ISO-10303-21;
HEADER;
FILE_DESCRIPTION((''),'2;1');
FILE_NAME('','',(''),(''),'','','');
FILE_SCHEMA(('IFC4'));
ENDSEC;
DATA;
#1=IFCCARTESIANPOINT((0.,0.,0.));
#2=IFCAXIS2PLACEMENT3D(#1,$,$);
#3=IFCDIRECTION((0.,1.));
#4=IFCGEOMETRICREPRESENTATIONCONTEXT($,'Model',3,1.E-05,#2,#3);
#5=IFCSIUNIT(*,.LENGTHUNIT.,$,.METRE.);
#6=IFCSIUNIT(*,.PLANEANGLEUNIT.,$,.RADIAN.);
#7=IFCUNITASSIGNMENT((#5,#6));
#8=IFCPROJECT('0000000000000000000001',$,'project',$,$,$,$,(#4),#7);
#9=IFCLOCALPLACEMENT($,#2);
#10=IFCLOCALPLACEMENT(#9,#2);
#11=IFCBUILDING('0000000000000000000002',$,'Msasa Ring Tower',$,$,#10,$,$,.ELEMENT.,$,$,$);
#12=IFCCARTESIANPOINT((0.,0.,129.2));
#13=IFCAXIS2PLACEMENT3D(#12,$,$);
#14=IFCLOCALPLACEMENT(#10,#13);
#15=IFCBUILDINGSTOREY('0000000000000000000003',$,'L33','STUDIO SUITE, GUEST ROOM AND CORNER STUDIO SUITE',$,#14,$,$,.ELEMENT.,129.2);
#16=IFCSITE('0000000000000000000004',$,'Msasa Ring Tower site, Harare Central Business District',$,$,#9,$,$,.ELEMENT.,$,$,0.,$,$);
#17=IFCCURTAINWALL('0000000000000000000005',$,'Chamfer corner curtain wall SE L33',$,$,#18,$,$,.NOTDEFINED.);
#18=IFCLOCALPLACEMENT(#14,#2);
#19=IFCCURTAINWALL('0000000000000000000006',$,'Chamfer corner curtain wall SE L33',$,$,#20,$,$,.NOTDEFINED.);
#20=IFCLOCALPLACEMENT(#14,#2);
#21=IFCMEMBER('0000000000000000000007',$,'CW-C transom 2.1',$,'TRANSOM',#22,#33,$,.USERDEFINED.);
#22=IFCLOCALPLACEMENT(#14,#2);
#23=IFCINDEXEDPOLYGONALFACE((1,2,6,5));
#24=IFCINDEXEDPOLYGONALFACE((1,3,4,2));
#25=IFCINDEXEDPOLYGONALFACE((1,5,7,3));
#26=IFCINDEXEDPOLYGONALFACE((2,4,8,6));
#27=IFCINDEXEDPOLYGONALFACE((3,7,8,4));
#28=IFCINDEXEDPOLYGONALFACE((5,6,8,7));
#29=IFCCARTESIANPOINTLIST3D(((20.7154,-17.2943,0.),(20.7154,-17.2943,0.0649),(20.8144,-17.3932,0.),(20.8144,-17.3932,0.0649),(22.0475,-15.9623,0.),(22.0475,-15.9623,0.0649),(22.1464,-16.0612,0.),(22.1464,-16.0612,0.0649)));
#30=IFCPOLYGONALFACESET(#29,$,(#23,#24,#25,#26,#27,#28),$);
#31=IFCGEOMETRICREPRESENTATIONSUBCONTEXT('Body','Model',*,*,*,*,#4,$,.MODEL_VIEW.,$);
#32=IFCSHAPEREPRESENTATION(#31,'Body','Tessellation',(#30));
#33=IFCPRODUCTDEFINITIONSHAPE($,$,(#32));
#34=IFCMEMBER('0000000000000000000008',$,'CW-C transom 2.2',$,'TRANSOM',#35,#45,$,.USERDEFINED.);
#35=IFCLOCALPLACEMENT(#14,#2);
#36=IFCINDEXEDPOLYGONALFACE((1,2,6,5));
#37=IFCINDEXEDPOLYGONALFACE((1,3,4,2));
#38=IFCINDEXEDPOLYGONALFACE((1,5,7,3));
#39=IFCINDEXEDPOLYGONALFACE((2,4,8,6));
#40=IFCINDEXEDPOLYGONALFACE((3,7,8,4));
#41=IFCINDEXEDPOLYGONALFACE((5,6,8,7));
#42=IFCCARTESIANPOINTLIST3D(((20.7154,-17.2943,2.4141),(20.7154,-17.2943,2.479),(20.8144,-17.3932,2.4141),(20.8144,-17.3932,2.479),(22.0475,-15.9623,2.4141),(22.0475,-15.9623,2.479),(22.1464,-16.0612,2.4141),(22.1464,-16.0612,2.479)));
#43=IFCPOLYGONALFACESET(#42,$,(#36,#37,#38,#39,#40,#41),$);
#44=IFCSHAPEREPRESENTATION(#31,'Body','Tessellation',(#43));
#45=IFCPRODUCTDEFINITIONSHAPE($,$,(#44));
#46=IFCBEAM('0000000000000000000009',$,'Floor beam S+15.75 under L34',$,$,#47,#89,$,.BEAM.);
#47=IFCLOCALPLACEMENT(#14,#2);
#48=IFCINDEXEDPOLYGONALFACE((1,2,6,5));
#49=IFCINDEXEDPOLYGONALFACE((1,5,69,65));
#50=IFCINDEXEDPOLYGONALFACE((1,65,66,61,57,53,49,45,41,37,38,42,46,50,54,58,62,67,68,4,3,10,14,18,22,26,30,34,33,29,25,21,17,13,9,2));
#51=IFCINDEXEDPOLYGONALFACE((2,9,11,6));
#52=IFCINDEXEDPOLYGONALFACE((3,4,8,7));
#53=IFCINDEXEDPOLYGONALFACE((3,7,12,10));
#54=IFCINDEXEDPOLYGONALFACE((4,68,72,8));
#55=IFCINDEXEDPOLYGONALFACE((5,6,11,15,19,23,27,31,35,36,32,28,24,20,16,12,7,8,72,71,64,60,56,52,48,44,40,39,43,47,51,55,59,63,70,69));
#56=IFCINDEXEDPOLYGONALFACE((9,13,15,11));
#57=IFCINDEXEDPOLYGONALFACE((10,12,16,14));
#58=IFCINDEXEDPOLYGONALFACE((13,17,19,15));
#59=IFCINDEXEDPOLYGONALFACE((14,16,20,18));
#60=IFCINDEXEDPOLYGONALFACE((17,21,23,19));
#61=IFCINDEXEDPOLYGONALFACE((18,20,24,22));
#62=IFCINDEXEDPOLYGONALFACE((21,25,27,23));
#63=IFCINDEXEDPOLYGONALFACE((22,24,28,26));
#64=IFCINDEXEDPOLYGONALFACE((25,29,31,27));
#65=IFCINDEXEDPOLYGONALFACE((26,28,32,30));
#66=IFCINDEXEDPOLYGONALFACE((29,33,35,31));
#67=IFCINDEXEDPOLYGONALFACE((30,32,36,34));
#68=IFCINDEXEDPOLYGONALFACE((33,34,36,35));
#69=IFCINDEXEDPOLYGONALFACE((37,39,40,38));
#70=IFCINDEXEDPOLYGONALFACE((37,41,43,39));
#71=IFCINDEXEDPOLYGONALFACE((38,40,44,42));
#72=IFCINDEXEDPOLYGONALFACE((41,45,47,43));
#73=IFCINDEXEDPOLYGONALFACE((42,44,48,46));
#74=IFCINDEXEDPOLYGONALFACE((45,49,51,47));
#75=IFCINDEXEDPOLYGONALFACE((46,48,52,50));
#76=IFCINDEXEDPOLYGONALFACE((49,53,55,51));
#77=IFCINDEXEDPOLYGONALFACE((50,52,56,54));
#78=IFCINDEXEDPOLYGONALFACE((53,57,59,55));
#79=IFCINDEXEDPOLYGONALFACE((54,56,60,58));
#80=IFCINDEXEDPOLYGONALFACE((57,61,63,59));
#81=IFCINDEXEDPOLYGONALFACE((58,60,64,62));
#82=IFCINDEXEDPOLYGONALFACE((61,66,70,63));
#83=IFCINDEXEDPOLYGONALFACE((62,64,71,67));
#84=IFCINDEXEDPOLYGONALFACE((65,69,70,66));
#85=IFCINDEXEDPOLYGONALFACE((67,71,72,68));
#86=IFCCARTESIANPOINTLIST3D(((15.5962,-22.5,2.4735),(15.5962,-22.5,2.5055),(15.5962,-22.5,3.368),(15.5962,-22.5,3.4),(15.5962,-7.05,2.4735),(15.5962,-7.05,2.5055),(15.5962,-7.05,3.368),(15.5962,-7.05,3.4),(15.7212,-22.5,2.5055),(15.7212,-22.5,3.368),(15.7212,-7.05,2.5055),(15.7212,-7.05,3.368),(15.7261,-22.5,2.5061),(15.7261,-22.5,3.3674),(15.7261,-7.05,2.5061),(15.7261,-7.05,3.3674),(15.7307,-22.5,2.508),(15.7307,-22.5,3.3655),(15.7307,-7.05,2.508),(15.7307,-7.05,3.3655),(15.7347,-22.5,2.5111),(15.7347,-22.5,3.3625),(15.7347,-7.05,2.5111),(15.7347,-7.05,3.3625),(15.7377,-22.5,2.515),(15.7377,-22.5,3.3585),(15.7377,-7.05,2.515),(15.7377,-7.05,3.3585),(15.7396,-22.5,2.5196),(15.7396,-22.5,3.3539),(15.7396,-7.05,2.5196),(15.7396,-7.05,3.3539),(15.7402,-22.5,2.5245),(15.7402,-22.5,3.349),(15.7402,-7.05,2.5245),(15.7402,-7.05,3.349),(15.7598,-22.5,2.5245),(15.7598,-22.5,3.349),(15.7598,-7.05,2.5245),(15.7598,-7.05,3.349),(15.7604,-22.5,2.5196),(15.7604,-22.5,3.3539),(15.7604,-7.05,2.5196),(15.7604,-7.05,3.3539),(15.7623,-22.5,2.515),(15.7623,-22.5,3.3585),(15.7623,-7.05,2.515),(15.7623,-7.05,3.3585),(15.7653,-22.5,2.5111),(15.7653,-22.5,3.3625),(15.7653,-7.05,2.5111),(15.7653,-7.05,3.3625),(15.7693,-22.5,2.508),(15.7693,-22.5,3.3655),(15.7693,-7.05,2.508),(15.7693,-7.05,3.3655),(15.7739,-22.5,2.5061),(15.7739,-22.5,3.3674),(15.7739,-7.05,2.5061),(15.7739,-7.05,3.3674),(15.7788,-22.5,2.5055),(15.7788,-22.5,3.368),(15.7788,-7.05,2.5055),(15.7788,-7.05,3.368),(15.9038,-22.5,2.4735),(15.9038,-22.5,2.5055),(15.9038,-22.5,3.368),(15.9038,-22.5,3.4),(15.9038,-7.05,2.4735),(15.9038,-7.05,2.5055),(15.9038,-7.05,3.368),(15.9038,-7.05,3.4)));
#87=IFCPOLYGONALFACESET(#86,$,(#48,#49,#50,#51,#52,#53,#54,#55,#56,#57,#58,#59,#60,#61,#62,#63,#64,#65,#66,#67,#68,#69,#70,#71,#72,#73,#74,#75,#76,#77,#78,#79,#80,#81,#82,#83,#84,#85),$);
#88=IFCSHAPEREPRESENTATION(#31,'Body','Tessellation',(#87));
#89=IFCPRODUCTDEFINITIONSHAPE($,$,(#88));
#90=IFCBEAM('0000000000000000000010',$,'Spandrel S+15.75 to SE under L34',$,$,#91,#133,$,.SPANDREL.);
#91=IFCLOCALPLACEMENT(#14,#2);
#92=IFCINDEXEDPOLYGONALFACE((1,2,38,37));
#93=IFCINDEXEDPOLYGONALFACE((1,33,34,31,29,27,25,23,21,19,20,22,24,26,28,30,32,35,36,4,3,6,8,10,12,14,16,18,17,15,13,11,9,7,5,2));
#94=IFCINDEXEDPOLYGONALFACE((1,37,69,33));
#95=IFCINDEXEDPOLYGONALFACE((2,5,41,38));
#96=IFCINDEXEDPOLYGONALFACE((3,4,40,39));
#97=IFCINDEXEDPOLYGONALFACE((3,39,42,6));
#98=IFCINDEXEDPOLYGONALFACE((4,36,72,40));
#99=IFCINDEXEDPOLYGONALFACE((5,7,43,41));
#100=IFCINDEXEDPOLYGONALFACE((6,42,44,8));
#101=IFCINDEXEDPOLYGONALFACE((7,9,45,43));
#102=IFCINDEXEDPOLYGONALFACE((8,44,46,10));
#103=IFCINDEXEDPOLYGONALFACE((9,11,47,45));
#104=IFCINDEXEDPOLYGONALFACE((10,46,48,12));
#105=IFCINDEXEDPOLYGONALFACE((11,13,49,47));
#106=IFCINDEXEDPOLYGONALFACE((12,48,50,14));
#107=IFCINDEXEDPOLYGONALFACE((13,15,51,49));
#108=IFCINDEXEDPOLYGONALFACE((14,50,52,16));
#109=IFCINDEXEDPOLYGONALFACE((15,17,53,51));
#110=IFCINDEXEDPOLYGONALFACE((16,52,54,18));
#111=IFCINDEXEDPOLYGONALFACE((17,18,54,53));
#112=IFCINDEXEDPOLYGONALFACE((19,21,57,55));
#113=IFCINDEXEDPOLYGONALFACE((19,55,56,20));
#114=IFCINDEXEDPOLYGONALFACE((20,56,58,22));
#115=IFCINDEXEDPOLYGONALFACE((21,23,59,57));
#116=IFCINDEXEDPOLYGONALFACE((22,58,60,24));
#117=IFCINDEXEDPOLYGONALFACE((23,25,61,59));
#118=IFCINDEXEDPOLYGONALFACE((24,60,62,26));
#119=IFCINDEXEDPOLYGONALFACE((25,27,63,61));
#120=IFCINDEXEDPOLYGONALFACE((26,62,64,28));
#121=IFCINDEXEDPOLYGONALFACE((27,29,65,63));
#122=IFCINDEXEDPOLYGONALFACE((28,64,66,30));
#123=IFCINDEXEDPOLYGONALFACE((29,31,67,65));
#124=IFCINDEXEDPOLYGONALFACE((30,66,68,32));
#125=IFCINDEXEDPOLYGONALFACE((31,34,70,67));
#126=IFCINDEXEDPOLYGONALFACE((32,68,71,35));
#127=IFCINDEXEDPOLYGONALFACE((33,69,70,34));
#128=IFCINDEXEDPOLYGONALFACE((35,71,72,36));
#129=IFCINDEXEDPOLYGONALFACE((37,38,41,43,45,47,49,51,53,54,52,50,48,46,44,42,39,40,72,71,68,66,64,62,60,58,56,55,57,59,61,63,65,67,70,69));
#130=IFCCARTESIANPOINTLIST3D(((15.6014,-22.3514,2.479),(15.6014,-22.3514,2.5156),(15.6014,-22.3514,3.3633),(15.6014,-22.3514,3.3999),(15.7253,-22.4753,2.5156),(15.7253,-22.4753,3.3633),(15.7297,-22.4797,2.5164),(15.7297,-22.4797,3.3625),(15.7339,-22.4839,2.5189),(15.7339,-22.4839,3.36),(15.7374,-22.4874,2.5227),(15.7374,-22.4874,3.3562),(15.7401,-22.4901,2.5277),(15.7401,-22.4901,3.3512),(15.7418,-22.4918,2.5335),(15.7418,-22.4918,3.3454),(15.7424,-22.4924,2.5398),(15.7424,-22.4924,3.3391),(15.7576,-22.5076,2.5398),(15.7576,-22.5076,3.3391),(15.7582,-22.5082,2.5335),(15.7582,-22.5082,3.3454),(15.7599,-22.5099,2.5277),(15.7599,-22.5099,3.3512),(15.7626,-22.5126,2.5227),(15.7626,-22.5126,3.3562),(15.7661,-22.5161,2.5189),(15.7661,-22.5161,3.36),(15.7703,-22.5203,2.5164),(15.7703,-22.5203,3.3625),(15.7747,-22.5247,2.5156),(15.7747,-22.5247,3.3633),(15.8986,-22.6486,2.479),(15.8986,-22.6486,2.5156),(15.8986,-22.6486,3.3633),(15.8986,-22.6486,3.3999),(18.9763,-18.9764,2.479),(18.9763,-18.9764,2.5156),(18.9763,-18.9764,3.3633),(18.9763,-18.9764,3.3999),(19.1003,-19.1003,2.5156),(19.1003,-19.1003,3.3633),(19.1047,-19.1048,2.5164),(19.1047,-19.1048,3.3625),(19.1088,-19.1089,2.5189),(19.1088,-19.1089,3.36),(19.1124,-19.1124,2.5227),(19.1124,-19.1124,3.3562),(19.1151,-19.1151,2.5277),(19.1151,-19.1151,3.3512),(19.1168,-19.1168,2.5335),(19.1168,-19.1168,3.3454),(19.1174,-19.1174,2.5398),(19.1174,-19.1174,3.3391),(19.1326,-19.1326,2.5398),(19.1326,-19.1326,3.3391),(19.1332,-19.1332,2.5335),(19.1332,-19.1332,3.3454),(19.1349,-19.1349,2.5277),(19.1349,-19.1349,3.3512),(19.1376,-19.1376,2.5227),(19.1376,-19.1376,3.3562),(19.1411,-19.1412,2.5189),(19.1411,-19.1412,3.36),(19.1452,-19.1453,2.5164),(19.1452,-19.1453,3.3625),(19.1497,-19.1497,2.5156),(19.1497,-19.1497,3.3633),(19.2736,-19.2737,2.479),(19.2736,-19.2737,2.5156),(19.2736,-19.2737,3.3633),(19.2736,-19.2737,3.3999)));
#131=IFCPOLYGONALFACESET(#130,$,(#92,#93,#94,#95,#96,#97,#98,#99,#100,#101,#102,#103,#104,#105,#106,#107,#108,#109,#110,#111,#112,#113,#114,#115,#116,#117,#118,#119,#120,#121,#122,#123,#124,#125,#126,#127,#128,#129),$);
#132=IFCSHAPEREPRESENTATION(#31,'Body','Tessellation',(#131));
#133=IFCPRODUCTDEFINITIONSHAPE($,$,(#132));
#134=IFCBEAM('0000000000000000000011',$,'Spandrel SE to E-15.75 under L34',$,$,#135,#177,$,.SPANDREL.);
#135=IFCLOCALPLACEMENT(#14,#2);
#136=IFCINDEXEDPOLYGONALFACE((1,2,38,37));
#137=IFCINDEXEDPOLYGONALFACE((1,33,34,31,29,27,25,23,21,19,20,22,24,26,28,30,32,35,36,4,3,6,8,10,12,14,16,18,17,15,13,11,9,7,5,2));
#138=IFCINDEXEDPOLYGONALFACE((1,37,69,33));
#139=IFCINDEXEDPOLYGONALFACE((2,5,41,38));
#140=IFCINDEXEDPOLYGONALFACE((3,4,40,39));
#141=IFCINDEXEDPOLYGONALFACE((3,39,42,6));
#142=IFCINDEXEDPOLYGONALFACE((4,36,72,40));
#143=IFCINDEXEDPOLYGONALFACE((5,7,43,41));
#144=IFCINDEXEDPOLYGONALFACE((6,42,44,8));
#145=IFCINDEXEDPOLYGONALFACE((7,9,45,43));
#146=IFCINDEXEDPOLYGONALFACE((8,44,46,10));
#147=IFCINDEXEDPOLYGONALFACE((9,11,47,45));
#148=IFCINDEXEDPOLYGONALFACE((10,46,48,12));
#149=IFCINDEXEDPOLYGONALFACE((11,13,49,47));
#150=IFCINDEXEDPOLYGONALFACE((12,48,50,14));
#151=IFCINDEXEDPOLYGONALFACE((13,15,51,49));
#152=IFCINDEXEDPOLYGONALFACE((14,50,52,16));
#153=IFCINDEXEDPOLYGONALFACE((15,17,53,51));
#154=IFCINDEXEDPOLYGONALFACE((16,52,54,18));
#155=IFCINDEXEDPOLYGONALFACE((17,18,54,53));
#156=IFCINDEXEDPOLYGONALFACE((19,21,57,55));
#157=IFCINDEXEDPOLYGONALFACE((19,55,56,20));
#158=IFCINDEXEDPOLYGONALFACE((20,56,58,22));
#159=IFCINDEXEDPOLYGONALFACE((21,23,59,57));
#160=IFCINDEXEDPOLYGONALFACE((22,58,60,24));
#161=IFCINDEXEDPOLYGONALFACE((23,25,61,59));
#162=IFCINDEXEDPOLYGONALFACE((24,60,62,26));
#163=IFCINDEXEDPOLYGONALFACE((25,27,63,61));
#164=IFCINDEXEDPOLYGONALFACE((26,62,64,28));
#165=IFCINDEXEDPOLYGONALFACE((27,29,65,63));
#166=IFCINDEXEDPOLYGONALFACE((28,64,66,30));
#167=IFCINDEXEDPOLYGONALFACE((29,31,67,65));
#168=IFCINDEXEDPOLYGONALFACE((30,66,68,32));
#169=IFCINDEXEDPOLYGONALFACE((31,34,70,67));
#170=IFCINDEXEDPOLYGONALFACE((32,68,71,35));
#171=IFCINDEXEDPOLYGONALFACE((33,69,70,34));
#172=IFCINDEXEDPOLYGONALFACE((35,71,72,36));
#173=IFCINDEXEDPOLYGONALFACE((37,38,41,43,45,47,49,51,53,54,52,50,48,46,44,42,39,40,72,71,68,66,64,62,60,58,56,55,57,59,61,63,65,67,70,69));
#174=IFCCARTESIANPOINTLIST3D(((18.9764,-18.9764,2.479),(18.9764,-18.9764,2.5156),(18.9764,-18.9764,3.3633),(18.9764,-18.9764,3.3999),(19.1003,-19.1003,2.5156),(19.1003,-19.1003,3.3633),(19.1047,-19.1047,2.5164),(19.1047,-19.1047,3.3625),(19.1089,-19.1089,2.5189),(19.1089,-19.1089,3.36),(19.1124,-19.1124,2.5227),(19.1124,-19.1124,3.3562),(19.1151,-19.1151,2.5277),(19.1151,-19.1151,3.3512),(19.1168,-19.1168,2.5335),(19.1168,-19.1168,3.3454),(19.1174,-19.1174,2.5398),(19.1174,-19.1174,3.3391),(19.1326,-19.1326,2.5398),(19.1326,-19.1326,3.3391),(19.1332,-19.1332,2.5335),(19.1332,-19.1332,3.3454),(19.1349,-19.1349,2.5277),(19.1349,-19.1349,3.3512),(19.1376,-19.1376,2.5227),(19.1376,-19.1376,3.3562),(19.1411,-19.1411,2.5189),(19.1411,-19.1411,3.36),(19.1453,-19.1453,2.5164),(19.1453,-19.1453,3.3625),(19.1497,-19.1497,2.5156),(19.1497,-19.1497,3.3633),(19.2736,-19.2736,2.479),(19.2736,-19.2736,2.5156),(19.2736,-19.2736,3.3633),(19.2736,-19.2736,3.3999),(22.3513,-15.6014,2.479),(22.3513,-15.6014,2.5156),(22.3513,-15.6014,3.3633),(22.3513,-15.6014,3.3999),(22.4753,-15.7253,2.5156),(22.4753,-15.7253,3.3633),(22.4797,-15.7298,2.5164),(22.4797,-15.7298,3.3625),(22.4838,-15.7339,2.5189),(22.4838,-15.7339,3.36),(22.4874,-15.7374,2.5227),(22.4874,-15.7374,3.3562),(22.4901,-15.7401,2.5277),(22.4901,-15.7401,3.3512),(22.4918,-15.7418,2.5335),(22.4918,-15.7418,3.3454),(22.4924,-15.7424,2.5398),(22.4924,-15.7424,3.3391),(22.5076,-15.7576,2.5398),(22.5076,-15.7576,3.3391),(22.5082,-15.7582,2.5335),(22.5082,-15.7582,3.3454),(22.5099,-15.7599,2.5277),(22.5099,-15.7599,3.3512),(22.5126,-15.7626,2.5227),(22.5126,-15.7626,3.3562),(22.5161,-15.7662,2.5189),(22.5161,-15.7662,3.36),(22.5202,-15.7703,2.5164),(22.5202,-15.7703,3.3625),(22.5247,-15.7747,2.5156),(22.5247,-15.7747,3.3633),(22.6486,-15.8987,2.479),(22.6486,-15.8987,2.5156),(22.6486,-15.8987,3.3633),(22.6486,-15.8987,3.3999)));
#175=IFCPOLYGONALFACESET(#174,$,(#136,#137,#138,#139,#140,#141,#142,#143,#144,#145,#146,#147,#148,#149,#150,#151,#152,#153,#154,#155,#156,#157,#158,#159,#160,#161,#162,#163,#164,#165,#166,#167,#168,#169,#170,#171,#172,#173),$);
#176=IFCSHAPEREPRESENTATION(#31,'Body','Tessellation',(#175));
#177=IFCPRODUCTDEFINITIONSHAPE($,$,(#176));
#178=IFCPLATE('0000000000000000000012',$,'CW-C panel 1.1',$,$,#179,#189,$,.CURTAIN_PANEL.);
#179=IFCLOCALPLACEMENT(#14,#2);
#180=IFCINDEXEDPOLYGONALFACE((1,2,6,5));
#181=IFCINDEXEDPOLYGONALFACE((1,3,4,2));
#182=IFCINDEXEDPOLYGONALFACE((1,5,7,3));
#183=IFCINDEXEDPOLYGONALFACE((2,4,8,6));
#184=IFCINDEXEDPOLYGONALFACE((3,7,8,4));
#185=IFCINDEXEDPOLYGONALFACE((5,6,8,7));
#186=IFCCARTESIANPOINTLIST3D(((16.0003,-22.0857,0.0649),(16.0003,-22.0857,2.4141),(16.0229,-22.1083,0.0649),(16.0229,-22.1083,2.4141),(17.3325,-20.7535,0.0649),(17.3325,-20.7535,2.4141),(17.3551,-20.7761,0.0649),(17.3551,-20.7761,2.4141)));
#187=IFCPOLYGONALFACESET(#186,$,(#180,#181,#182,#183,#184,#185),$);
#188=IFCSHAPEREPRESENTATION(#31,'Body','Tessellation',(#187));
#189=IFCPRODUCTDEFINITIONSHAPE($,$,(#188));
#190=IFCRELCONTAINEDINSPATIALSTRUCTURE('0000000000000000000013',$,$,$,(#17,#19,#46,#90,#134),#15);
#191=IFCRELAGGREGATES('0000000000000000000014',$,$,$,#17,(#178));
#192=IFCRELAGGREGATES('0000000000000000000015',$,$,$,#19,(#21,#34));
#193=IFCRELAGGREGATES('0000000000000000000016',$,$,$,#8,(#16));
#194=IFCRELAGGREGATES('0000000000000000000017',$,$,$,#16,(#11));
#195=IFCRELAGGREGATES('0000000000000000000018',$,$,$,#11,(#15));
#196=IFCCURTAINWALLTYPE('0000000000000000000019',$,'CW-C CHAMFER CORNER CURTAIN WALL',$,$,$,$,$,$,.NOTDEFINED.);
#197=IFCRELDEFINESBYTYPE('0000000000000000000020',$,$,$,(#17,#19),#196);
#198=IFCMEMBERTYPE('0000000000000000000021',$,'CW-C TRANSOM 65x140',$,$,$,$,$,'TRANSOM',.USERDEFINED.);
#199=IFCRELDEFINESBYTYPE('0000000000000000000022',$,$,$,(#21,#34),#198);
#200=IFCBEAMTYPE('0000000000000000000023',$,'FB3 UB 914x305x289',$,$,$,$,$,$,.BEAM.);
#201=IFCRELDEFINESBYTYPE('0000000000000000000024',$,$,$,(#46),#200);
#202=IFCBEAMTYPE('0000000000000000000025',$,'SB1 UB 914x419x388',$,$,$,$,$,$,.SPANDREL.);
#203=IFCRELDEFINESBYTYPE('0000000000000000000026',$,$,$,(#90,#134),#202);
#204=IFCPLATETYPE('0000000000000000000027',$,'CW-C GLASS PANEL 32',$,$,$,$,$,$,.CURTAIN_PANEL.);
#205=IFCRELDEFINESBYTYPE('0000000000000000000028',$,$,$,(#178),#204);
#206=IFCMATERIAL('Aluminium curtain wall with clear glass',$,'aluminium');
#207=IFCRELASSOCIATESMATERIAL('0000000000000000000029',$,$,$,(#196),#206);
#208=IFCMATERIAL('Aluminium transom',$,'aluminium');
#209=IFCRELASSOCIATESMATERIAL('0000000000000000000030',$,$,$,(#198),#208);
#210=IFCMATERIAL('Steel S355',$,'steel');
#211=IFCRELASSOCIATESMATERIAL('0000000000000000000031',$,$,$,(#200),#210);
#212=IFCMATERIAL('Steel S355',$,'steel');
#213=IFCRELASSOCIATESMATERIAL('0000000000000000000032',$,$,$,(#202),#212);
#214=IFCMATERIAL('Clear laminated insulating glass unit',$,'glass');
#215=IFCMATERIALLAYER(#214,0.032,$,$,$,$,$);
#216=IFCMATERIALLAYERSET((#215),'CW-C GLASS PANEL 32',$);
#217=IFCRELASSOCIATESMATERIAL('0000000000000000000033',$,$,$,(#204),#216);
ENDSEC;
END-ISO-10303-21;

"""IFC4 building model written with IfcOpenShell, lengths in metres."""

from ifc_helpers import new_model, si_unit, direction, frame, origin, origin_2d, place, context, subcontext, project, spatial, rectangle, i_section, extrude, material, layer, layer_set, material_profile, profile_set, type_object, element, aggregate, save


model = new_model("IFC4")

# Units and contexts
model_context = context("Model", 3, precision=1e-05, world=origin(), true_north=direction((0.0, 1.0)))
body_context = subcontext(model_context, "Body", "Model", "MODEL_VIEW")
ifc_project = project(units=[si_unit("LENGTHUNIT", "METRE"), si_unit("PLANEANGLEUNIT", "RADIAN")], contexts=[model_context])

# Site, building, storey
site_placement = place(None, origin())
site = spatial("IfcSite", under=ifc_project, at=site_placement, Name="Msasa Ring Tower site, Harare Central Business District", CompositionType="ELEMENT", RefElevation=0.0)
building_placement = place(site_placement, origin())
building = spatial("IfcBuilding", under=site, at=building_placement, Name="Msasa Ring Tower", CompositionType="ELEMENT")
storey_placement = place(building_placement, frame((0.0, 0.0, 129.2)))
storey = spatial("IfcBuildingStorey", under=building, at=storey_placement, Name="L33", Description="STUDIO SUITE, GUEST ROOM AND CORNER STUDIO SUITE", CompositionType="ELEMENT", Elevation=129.2)

# Curtain walls
ifc_material_1 = material(Name="Aluminium curtain wall with clear glass", Category="aluminium")
curtain_wall_type = type_object("IfcCurtainWallType", Name="CW-C CHAMFER CORNER CURTAIN WALL", PredefinedType="NOTDEFINED", material=ifc_material_1)
curtain_wall_1_placement = place(storey_placement, origin())
curtain_wall_1 = element("IfcCurtainWall", 1, at=curtain_wall_1_placement, inside=storey, type_object=curtain_wall_type, Name="Chamfer corner curtain wall SE L33", PredefinedType="NOTDEFINED")
curtain_wall_2_placement = place(storey_placement, origin())
curtain_wall_2 = element("IfcCurtainWall", 2, at=curtain_wall_2_placement, inside=storey, type_object=curtain_wall_type, Name="Chamfer corner curtain wall SE L33", PredefinedType="NOTDEFINED")

# Members
ifc_material_2 = material(Name="Aluminium transom", Category="aluminium")
ifc_material_profile_1 = material_profile(ifc_material_2, rectangle(XDim=0.1399, YDim=0.0649, at=origin_2d()), Name="AL 65x140")
ifc_profile_set_1 = profile_set([ifc_material_profile_1], Name="Aluminium transom")
member_type_1 = type_object("IfcMemberType", Name="CW-C TRANSOM 65x140", ElementType="TRANSOM", PredefinedType="USERDEFINED", material=ifc_profile_set_1)
member_1_placement = place(storey_placement, frame((20.7649, -17.3438, 0.0325), z_axis=(0.707107, 0.707107, 0.0), x_axis=(-0.707107, 0.707107, 0.0)))
member_1 = element("IfcMember", 3, at=member_1_placement, type_object=member_type_1, Name="CW-C transom 2.1", ObjectType="TRANSOM", PredefinedType="USERDEFINED", context=body_context, shape_type="SweptSolid", body=[
    extrude(rectangle(XDim=0.1399, YDim=0.0649, at=origin_2d()), origin(), (0.0, 0.0, 1.0), 1.8838),
])
member_2_placement = place(storey_placement, frame((20.7649, -17.3438, 2.4465), z_axis=(0.707107, 0.707107, 0.0), x_axis=(-0.707107, 0.707107, 0.0)))
member_2 = element("IfcMember", 4, at=member_2_placement, type_object=member_type_1, Name="CW-C transom 2.2", ObjectType="TRANSOM", PredefinedType="USERDEFINED", context=body_context, shape_type="SweptSolid", body=[
    extrude(rectangle(XDim=0.1399, YDim=0.0649, at=origin_2d()), origin(), (0.0, 0.0, 1.0), 1.8838),
])

# Beams
ifc_material_3 = material(Name="Steel S355", Category="steel")
ifc_material_profile_2 = material_profile(ifc_material_3, i_section(OverallWidth=0.3076, OverallDepth=0.9265, WebThickness=0.0195, FlangeThickness=0.032, FilletRadius=0.019, at=origin_2d()), Name="UB 914x305x289")
ifc_profile_set_2 = profile_set([ifc_material_profile_2], Name="Steel S355")
beam_type_1 = type_object("IfcBeamType", Name="FB3 UB 914x305x289", PredefinedType="BEAM", material=ifc_profile_set_2)
beam_placement = place(storey_placement, frame((15.75, -22.5, 2.9368), z_axis=(0.0, 1.0, 0.0), x_axis=(-1.0, 0.0, 0.0)))
element("IfcBeam", 5, at=beam_placement, inside=storey, type_object=beam_type_1, Name="Floor beam S+15.75 under L34", PredefinedType="BEAM", context=body_context, shape_type="SweptSolid", body=[
    extrude(i_section(OverallWidth=0.3076, OverallDepth=0.9265, WebThickness=0.0195, FlangeThickness=0.032, FilletRadius=0.019, at=origin_2d()), origin(), (0.0, 0.0, 1.0), 15.45),
])
ifc_material_4 = material(Name="Steel S355", Category="steel")
ifc_material_profile_3 = material_profile(ifc_material_4, i_section(OverallWidth=0.4204, OverallDepth=0.9209, WebThickness=0.0215, FlangeThickness=0.0366, FilletRadius=0.0242, at=origin_2d()), Name="UB 914x419x388")
ifc_profile_set_3 = profile_set([ifc_material_profile_3], Name="Steel S355")
beam_type_2 = type_object("IfcBeamType", Name="SB1 UB 914x419x388", PredefinedType="SPANDREL", material=ifc_profile_set_3)
for number, where, z_axis, x_axis, name in (
    (6, (15.75, -22.5, 2.9395), (0.707107, 0.707107, 0.0), (-0.707107, 0.707107, 0.0), "Spandrel S+15.75 to SE under L34"),
    (7, (19.125, -19.125, 2.9395), (0.707107, 0.707107, 0.0), (-0.707107, 0.707107, 0.0), "Spandrel SE to E-15.75 under L34"),
):
    element("IfcBeam", number, at=place(storey_placement, frame(where, z_axis=z_axis, x_axis=x_axis)), inside=storey, type_object=beam_type_2, Name=name, PredefinedType="SPANDREL", context=body_context, shape_type="SweptSolid", body=[
        extrude(i_section(OverallWidth=0.4204, OverallDepth=0.9209, WebThickness=0.0215, FlangeThickness=0.0366, FilletRadius=0.0242, at=origin_2d()), origin(), (0.0, 0.0, 1.0), 4.7729),
    ])

# Plate
ifc_material_5 = material(Name="Clear laminated insulating glass unit", Category="glass")
ifc_layer_1 = layer(ifc_material_5, 0.032)
ifc_layer_set_1 = layer_set([ifc_layer_1], Name="CW-C GLASS PANEL 32")
plate_type = type_object("IfcPlateType", Name="CW-C GLASS PANEL 32", PredefinedType="CURTAIN_PANEL", material=ifc_layer_set_1)
plate_1_placement = place(storey_placement, frame((16.6777, -21.4309, 0.0649), z_axis=(0.0, 0.0, 1.0), x_axis=(0.707107, 0.707107, 0.0)))
plate_1 = element("IfcPlate", 8, at=plate_1_placement, type_object=plate_type, Name="CW-C panel 1.1", PredefinedType="CURTAIN_PANEL", context=body_context, shape_type="SweptSolid", body=[
    extrude(rectangle(XDim=1.884, YDim=0.032, at=origin_2d()), origin(), (0.0, 0.0, 1.0), 2.3491),
])
aggregate(curtain_wall_1, [plate_1])
aggregate(curtain_wall_2, [member_1, member_2])

save(model, "model.ifc")
